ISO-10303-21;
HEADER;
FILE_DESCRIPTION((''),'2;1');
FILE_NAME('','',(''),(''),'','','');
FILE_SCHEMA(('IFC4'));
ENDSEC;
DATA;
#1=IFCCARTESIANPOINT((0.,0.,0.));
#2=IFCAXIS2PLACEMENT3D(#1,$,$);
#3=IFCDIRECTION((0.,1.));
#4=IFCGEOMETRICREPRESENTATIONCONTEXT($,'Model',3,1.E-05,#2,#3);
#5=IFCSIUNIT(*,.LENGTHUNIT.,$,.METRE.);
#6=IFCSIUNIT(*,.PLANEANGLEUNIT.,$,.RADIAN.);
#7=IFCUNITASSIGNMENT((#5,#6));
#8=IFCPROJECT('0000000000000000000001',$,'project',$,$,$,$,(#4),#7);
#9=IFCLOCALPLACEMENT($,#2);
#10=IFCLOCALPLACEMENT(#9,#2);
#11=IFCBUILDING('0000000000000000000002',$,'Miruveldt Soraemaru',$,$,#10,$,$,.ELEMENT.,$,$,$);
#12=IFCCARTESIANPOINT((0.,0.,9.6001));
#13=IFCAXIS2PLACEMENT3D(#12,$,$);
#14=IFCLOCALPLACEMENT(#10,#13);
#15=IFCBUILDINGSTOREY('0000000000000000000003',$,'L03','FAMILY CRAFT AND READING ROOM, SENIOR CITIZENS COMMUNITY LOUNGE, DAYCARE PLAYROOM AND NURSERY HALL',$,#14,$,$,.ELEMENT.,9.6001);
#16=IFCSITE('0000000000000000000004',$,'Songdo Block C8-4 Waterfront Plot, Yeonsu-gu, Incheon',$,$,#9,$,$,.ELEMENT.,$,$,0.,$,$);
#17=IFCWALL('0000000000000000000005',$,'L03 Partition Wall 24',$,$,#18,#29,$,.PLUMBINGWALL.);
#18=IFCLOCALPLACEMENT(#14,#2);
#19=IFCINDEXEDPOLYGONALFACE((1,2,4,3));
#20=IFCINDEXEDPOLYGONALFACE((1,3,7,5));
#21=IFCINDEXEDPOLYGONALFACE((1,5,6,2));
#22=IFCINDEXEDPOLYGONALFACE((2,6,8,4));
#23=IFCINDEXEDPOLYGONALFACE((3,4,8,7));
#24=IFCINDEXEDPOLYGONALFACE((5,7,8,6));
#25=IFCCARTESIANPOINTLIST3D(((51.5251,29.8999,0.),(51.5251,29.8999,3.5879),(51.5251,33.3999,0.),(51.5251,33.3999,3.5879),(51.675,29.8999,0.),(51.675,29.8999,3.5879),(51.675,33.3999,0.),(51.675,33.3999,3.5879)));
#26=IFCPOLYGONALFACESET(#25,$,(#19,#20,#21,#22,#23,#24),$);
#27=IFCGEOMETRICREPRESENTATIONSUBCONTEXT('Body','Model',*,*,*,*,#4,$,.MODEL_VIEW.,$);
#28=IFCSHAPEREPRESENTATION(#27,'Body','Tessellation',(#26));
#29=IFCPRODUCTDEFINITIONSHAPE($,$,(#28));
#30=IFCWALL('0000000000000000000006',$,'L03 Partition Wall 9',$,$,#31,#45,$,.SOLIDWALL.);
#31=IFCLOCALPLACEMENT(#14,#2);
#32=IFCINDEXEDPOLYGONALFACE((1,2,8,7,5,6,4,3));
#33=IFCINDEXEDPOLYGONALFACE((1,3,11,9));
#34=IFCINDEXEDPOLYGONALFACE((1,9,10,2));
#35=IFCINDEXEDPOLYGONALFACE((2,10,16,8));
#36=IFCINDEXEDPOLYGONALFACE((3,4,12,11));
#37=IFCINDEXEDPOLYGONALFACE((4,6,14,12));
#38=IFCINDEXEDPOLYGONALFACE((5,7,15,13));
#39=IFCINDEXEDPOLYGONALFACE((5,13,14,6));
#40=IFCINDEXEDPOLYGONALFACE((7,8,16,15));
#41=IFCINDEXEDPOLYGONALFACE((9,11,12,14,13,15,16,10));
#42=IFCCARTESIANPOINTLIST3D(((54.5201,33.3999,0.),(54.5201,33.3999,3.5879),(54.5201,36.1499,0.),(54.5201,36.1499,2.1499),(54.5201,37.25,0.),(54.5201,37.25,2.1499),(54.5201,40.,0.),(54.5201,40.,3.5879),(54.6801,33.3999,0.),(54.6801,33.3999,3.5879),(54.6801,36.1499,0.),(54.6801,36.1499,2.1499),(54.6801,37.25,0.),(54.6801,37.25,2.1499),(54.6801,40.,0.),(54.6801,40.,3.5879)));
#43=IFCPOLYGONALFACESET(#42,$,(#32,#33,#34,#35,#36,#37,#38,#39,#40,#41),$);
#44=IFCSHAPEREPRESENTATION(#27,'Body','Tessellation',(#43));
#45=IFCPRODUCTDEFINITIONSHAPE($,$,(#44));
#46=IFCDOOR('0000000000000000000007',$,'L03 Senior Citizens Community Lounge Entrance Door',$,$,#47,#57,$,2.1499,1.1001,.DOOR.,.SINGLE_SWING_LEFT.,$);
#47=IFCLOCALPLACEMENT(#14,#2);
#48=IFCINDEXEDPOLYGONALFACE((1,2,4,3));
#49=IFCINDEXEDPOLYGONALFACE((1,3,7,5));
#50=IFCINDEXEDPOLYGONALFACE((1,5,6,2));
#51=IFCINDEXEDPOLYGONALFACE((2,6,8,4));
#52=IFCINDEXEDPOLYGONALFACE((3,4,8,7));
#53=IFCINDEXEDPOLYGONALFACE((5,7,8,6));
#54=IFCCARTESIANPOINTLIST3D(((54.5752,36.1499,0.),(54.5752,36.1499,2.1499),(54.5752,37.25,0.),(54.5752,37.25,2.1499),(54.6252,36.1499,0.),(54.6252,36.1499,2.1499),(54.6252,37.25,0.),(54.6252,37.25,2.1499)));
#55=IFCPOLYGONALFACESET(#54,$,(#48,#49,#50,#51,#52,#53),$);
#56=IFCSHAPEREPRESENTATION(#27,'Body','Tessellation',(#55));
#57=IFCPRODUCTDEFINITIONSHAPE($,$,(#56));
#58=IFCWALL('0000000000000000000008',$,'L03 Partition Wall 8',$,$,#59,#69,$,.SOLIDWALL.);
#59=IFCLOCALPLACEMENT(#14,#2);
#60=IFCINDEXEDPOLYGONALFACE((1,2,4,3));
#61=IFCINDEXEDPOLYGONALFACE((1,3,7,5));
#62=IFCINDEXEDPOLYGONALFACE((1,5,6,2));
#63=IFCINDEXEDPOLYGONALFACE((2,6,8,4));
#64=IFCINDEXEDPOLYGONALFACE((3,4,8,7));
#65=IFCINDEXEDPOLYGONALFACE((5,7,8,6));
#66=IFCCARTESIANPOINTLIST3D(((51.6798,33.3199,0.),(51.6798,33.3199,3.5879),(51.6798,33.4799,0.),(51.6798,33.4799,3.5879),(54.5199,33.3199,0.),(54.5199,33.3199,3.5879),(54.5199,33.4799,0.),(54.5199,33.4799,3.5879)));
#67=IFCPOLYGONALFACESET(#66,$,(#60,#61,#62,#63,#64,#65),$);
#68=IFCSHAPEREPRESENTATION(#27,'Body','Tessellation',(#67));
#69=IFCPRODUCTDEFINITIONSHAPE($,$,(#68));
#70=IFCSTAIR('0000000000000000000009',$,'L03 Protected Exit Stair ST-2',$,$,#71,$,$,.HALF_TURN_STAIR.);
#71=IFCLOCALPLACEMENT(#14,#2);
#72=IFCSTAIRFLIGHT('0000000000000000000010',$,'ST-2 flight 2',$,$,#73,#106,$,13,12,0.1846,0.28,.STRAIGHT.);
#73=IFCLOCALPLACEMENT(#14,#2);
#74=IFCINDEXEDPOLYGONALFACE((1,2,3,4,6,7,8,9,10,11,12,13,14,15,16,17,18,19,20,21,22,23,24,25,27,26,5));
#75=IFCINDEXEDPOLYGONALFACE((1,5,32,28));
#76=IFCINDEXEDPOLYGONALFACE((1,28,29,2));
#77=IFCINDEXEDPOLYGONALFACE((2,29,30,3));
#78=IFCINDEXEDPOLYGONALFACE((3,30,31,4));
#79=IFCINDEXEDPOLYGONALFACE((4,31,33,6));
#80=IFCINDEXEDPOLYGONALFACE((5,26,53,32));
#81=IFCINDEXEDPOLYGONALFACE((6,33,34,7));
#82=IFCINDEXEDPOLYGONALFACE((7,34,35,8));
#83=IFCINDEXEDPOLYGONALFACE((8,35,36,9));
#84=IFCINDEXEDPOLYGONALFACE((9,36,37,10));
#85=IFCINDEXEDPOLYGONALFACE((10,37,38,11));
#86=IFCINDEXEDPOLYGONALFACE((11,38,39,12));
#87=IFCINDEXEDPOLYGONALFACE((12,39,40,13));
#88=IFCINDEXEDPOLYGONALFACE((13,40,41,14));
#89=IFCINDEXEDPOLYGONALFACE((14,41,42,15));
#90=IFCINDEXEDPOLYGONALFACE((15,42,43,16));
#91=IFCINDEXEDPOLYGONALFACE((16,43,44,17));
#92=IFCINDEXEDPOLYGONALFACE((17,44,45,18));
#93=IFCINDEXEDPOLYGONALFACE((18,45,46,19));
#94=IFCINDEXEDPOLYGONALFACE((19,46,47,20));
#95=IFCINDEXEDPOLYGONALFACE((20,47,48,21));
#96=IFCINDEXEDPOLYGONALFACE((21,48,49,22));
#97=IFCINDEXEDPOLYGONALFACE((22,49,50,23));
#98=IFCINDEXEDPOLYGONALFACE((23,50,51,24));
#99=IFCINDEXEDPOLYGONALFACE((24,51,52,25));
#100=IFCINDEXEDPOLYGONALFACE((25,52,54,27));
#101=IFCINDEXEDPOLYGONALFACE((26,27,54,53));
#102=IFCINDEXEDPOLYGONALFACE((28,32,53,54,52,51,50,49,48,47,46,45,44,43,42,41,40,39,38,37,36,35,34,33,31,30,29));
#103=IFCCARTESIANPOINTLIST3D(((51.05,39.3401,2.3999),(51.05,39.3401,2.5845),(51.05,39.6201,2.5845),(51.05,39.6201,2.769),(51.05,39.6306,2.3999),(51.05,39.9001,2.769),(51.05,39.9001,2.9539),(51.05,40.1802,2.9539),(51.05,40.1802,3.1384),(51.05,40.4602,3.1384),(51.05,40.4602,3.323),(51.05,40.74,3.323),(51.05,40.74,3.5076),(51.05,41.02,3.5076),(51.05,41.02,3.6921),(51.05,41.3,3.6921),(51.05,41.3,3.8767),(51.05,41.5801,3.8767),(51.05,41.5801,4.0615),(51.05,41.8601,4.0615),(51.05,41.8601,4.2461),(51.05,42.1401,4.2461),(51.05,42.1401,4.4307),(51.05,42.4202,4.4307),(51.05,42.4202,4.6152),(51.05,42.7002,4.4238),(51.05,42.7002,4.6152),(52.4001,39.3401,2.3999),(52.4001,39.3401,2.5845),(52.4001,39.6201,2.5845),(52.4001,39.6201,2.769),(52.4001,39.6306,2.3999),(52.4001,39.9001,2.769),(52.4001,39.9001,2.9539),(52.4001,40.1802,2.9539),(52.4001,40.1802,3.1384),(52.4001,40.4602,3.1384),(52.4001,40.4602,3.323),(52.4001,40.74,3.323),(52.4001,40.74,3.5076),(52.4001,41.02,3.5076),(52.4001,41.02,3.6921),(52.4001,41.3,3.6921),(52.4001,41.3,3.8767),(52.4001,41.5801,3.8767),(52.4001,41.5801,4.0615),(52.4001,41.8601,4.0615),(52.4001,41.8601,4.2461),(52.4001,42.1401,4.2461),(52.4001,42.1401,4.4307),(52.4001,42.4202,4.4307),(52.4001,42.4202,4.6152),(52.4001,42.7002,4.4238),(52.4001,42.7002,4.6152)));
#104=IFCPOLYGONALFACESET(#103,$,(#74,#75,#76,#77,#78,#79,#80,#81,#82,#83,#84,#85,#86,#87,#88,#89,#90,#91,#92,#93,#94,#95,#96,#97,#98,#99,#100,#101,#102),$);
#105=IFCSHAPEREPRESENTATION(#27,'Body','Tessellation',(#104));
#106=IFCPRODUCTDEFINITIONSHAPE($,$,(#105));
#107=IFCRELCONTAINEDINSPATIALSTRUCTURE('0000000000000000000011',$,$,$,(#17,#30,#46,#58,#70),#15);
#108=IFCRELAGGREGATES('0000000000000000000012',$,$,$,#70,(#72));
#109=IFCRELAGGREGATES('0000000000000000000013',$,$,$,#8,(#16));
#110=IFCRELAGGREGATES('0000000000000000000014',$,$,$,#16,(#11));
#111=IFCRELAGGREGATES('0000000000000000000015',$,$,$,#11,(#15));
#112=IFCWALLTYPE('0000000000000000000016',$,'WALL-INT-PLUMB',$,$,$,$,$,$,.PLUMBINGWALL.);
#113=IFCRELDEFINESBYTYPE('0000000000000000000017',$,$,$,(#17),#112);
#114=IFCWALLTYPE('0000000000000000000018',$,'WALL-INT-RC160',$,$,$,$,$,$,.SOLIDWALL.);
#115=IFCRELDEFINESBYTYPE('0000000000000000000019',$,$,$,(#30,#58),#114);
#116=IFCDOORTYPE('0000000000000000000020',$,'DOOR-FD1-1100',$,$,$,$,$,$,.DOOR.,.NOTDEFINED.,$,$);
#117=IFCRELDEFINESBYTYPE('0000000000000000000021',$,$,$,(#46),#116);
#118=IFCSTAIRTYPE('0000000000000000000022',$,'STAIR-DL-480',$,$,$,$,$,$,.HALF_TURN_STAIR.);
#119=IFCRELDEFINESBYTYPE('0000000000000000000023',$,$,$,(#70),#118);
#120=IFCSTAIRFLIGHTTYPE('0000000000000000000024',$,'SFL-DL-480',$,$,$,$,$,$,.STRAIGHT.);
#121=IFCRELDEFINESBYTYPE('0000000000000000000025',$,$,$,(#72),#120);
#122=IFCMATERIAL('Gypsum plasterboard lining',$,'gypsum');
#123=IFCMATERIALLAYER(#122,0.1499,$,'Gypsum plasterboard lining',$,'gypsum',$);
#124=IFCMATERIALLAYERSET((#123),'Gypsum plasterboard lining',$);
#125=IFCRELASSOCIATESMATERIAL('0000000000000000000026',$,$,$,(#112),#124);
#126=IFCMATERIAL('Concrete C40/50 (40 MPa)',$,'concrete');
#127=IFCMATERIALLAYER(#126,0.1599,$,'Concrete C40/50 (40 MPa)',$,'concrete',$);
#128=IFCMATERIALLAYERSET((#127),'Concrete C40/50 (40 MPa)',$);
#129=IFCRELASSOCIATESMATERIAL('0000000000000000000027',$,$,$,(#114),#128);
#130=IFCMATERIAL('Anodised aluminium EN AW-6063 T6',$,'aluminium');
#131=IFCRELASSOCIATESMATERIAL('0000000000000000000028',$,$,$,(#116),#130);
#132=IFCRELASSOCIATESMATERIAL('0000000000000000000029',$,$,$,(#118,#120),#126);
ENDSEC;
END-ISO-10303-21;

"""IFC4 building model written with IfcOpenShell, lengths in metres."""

from ifc_helpers import new_model, si_unit, direction, frame, frame_2d, origin, place, context, subcontext, project, spatial, polyline, rectangle, outline, extrude, material, layer, layer_set, type_object, element, fill, aggregate, save


model = new_model("IFC4")

# Units and contexts
model_context = context("Model", 3, precision=1e-05, world=origin(), true_north=direction((0.0, 1.0)))
body_context = subcontext(model_context, "Body", "Model", "MODEL_VIEW")
ifc_project = project(units=[si_unit("LENGTHUNIT", "METRE"), si_unit("PLANEANGLEUNIT", "RADIAN")], contexts=[model_context])

# Site, building, storey
site_placement = place(None, origin())
site = spatial("IfcSite", under=ifc_project, at=site_placement, Name="Songdo Block C8-4 Waterfront Plot, Yeonsu-gu, Incheon", CompositionType="ELEMENT", RefElevation=0.0)
building_placement = place(site_placement, origin())
building = spatial("IfcBuilding", under=site, at=building_placement, Name="Miruveldt Soraemaru", CompositionType="ELEMENT")
storey_placement = place(building_placement, frame((0.0, 0.0, 9.6001)))
storey = spatial("IfcBuildingStorey", under=building, at=storey_placement, Name="L03", Description="FAMILY CRAFT AND READING ROOM, SENIOR CITIZENS COMMUNITY LOUNGE, DAYCARE PLAYROOM AND NURSERY HALL", CompositionType="ELEMENT", Elevation=9.6001)

# Wall
ifc_material_1 = material(Name="Gypsum plasterboard lining", Category="gypsum")
ifc_layer_1 = layer(ifc_material_1, 0.1499, Name="Gypsum plasterboard lining", Category="gypsum")
ifc_layer_set_1 = layer_set([ifc_layer_1], Name="Gypsum plasterboard lining")
wall_type_1 = type_object("IfcWallType", Name="WALL-INT-PLUMB", PredefinedType="PLUMBINGWALL", material=ifc_layer_set_1)
wall_1_placement = place(storey_placement, frame((51.6001, 29.8999, 0.0), z_axis=(0.0, 0.0, 1.0), x_axis=(0.0, 1.0, 0.0)))
element("IfcWall", 1, at=wall_1_placement, inside=storey, type_object=wall_type_1, Name="L03 Partition Wall 24", PredefinedType="PLUMBINGWALL", context=body_context, shape_type="SweptSolid", body=[
    extrude(rectangle(XDim=3.5, YDim=0.1499, at=frame_2d((1.75, 0.0))), origin(), (0.0, 0.0, 1.0), 3.5879),
])

# Wall, opening, door
ifc_material_2 = material(Name="Concrete C40/50 (40 MPa)", Category="concrete")
ifc_layer_2 = layer(ifc_material_2, 0.1599, Name="Concrete C40/50 (40 MPa)", Category="concrete")
ifc_layer_set_2 = layer_set([ifc_layer_2], Name="Concrete C40/50 (40 MPa)")
wall_type_2 = type_object("IfcWallType", Name="WALL-INT-RC160", PredefinedType="SOLIDWALL", material=ifc_layer_set_2)
wall_2_placement = place(storey_placement, frame((54.6001, 33.3999, 0.0), z_axis=(0.0, 0.0, 1.0), x_axis=(0.0, 1.0, 0.0)))
wall_2 = element("IfcWall", 2, at=wall_2_placement, inside=storey, type_object=wall_type_2, Name="L03 Partition Wall 9", PredefinedType="SOLIDWALL", context=body_context, shape_type="SweptSolid", body=[
    extrude(rectangle(XDim=6.6001, YDim=0.1599, at=frame_2d((3.3, 0.0))), origin(), (0.0, 0.0, 1.0), 3.5879),
])
opening_1_placement = place(wall_2_placement, frame((2.75, 0.0, 0.0)))
opening_1 = element("IfcOpeningElement", 3, at=opening_1_placement, cuts=wall_2, PredefinedType="OPENING", context=body_context, shape_type="SweptSolid", body=[
    extrude(rectangle(XDim=1.1001, YDim=2.1499, at=frame_2d((0.55, 1.075))), frame((0.0, 0.0898, 0.0), z_axis=(0.0, -1.0, 0.0), x_axis=(1.0, 0.0, 0.0)), (0.0, 0.0, 1.0), 0.1799),
])
ifc_material_3 = material(Name="Anodised aluminium EN AW-6063 T6", Category="aluminium")
door_type = type_object("IfcDoorType", Name="DOOR-FD1-1100", OperationType="NOTDEFINED", PredefinedType="DOOR", material=ifc_material_3)
door_placement = place(opening_1_placement, origin())
door = element("IfcDoor", 4, at=door_placement, inside=storey, type_object=door_type, Name="L03 Senior Citizens Community Lounge Entrance Door", OperationType="SINGLE_SWING_LEFT", OverallHeight=2.1499, OverallWidth=1.1001, PredefinedType="DOOR", context=body_context, shape_type="SweptSolid", body=[
    extrude(rectangle(XDim=1.1001, YDim=2.1499, at=frame_2d((0.55, 1.075))), frame((0.0, 0.0249, 0.0), z_axis=(0.0, -1.0, 0.0), x_axis=(1.0, 0.0, 0.0)), (0.0, 0.0, 1.0), 0.05),
])
fill(opening_1, door)

# Wall
wall_3_placement = place(storey_placement, frame((51.6799, 33.3999, 0.0), z_axis=(0.0, 0.0, 1.0), x_axis=(1.0, 0.0, 0.0)))
element("IfcWall", 5, at=wall_3_placement, inside=storey, type_object=wall_type_2, Name="L03 Partition Wall 8", PredefinedType="SOLIDWALL", context=body_context, shape_type="SweptSolid", body=[
    extrude(rectangle(XDim=2.8401, YDim=0.1599, at=frame_2d((1.4199, 0.0))), origin(), (0.0, 0.0, 1.0), 3.5879),
])

# Stair, stair flight
stair_type = type_object("IfcStairType", Name="STAIR-DL-480", PredefinedType="HALF_TURN_STAIR", material=ifc_material_2)
stair_placement = place(storey_placement, origin())
stair = element("IfcStair", 6, at=stair_placement, inside=storey, type_object=stair_type, Name="L03 Protected Exit Stair ST-2", PredefinedType="HALF_TURN_STAIR")
stair_flight_type = type_object("IfcStairFlightType", Name="SFL-DL-480", PredefinedType="STRAIGHT", material=ifc_material_2)
stair_flight_placement = place(storey_placement, frame((51.7251, 39.3401, 2.3999), z_axis=(0.0, 0.0, 1.0), x_axis=(0.0, 1.0, 0.0)))
stair_flight = element("IfcStairFlight", 7, at=stair_flight_placement, type_object=stair_flight_type, Name="ST-2 flight 2", NumberOfRisers=13, NumberOfTreads=12, PredefinedType="STRAIGHT", RiserHeight=0.1846, TreadLength=0.28, context=body_context, shape_type="SweptSolid", body=[
    extrude(outline(polyline([(0.0, 0.0), (0.0, 0.1846), (0.28, 0.1846), (0.28, 0.3691), (0.5601, 0.3691), (0.5601, 0.554), (0.8401, 0.554), (0.8401, 0.7385), (1.1201, 0.7385), (1.1201, 0.9231), (1.3999, 0.9231), (1.3999, 1.1077), (1.6799, 1.1077), (1.6799, 1.2922), (1.96, 1.2922), (1.96, 1.4768), (2.24, 1.4768), (2.24, 1.6616), (2.52, 1.6616), (2.52, 1.8462), (2.8, 1.8462), (2.8, 2.0308), (3.0801, 2.0308), (3.0801, 2.2153), (3.3601, 2.2153), (3.3601, 2.3999), (3.3601, 2.0239), (0.2905, 0.0), (0.0, 0.0)])), frame((0.0, 0.675, 0.0), z_axis=(0.0, -1.0, 0.0), x_axis=(1.0, 0.0, 0.0)), (0.0, 0.0, 1.0), 1.3501),
])
aggregate(stair, [stair_flight])

save(model, "model.ifc")
